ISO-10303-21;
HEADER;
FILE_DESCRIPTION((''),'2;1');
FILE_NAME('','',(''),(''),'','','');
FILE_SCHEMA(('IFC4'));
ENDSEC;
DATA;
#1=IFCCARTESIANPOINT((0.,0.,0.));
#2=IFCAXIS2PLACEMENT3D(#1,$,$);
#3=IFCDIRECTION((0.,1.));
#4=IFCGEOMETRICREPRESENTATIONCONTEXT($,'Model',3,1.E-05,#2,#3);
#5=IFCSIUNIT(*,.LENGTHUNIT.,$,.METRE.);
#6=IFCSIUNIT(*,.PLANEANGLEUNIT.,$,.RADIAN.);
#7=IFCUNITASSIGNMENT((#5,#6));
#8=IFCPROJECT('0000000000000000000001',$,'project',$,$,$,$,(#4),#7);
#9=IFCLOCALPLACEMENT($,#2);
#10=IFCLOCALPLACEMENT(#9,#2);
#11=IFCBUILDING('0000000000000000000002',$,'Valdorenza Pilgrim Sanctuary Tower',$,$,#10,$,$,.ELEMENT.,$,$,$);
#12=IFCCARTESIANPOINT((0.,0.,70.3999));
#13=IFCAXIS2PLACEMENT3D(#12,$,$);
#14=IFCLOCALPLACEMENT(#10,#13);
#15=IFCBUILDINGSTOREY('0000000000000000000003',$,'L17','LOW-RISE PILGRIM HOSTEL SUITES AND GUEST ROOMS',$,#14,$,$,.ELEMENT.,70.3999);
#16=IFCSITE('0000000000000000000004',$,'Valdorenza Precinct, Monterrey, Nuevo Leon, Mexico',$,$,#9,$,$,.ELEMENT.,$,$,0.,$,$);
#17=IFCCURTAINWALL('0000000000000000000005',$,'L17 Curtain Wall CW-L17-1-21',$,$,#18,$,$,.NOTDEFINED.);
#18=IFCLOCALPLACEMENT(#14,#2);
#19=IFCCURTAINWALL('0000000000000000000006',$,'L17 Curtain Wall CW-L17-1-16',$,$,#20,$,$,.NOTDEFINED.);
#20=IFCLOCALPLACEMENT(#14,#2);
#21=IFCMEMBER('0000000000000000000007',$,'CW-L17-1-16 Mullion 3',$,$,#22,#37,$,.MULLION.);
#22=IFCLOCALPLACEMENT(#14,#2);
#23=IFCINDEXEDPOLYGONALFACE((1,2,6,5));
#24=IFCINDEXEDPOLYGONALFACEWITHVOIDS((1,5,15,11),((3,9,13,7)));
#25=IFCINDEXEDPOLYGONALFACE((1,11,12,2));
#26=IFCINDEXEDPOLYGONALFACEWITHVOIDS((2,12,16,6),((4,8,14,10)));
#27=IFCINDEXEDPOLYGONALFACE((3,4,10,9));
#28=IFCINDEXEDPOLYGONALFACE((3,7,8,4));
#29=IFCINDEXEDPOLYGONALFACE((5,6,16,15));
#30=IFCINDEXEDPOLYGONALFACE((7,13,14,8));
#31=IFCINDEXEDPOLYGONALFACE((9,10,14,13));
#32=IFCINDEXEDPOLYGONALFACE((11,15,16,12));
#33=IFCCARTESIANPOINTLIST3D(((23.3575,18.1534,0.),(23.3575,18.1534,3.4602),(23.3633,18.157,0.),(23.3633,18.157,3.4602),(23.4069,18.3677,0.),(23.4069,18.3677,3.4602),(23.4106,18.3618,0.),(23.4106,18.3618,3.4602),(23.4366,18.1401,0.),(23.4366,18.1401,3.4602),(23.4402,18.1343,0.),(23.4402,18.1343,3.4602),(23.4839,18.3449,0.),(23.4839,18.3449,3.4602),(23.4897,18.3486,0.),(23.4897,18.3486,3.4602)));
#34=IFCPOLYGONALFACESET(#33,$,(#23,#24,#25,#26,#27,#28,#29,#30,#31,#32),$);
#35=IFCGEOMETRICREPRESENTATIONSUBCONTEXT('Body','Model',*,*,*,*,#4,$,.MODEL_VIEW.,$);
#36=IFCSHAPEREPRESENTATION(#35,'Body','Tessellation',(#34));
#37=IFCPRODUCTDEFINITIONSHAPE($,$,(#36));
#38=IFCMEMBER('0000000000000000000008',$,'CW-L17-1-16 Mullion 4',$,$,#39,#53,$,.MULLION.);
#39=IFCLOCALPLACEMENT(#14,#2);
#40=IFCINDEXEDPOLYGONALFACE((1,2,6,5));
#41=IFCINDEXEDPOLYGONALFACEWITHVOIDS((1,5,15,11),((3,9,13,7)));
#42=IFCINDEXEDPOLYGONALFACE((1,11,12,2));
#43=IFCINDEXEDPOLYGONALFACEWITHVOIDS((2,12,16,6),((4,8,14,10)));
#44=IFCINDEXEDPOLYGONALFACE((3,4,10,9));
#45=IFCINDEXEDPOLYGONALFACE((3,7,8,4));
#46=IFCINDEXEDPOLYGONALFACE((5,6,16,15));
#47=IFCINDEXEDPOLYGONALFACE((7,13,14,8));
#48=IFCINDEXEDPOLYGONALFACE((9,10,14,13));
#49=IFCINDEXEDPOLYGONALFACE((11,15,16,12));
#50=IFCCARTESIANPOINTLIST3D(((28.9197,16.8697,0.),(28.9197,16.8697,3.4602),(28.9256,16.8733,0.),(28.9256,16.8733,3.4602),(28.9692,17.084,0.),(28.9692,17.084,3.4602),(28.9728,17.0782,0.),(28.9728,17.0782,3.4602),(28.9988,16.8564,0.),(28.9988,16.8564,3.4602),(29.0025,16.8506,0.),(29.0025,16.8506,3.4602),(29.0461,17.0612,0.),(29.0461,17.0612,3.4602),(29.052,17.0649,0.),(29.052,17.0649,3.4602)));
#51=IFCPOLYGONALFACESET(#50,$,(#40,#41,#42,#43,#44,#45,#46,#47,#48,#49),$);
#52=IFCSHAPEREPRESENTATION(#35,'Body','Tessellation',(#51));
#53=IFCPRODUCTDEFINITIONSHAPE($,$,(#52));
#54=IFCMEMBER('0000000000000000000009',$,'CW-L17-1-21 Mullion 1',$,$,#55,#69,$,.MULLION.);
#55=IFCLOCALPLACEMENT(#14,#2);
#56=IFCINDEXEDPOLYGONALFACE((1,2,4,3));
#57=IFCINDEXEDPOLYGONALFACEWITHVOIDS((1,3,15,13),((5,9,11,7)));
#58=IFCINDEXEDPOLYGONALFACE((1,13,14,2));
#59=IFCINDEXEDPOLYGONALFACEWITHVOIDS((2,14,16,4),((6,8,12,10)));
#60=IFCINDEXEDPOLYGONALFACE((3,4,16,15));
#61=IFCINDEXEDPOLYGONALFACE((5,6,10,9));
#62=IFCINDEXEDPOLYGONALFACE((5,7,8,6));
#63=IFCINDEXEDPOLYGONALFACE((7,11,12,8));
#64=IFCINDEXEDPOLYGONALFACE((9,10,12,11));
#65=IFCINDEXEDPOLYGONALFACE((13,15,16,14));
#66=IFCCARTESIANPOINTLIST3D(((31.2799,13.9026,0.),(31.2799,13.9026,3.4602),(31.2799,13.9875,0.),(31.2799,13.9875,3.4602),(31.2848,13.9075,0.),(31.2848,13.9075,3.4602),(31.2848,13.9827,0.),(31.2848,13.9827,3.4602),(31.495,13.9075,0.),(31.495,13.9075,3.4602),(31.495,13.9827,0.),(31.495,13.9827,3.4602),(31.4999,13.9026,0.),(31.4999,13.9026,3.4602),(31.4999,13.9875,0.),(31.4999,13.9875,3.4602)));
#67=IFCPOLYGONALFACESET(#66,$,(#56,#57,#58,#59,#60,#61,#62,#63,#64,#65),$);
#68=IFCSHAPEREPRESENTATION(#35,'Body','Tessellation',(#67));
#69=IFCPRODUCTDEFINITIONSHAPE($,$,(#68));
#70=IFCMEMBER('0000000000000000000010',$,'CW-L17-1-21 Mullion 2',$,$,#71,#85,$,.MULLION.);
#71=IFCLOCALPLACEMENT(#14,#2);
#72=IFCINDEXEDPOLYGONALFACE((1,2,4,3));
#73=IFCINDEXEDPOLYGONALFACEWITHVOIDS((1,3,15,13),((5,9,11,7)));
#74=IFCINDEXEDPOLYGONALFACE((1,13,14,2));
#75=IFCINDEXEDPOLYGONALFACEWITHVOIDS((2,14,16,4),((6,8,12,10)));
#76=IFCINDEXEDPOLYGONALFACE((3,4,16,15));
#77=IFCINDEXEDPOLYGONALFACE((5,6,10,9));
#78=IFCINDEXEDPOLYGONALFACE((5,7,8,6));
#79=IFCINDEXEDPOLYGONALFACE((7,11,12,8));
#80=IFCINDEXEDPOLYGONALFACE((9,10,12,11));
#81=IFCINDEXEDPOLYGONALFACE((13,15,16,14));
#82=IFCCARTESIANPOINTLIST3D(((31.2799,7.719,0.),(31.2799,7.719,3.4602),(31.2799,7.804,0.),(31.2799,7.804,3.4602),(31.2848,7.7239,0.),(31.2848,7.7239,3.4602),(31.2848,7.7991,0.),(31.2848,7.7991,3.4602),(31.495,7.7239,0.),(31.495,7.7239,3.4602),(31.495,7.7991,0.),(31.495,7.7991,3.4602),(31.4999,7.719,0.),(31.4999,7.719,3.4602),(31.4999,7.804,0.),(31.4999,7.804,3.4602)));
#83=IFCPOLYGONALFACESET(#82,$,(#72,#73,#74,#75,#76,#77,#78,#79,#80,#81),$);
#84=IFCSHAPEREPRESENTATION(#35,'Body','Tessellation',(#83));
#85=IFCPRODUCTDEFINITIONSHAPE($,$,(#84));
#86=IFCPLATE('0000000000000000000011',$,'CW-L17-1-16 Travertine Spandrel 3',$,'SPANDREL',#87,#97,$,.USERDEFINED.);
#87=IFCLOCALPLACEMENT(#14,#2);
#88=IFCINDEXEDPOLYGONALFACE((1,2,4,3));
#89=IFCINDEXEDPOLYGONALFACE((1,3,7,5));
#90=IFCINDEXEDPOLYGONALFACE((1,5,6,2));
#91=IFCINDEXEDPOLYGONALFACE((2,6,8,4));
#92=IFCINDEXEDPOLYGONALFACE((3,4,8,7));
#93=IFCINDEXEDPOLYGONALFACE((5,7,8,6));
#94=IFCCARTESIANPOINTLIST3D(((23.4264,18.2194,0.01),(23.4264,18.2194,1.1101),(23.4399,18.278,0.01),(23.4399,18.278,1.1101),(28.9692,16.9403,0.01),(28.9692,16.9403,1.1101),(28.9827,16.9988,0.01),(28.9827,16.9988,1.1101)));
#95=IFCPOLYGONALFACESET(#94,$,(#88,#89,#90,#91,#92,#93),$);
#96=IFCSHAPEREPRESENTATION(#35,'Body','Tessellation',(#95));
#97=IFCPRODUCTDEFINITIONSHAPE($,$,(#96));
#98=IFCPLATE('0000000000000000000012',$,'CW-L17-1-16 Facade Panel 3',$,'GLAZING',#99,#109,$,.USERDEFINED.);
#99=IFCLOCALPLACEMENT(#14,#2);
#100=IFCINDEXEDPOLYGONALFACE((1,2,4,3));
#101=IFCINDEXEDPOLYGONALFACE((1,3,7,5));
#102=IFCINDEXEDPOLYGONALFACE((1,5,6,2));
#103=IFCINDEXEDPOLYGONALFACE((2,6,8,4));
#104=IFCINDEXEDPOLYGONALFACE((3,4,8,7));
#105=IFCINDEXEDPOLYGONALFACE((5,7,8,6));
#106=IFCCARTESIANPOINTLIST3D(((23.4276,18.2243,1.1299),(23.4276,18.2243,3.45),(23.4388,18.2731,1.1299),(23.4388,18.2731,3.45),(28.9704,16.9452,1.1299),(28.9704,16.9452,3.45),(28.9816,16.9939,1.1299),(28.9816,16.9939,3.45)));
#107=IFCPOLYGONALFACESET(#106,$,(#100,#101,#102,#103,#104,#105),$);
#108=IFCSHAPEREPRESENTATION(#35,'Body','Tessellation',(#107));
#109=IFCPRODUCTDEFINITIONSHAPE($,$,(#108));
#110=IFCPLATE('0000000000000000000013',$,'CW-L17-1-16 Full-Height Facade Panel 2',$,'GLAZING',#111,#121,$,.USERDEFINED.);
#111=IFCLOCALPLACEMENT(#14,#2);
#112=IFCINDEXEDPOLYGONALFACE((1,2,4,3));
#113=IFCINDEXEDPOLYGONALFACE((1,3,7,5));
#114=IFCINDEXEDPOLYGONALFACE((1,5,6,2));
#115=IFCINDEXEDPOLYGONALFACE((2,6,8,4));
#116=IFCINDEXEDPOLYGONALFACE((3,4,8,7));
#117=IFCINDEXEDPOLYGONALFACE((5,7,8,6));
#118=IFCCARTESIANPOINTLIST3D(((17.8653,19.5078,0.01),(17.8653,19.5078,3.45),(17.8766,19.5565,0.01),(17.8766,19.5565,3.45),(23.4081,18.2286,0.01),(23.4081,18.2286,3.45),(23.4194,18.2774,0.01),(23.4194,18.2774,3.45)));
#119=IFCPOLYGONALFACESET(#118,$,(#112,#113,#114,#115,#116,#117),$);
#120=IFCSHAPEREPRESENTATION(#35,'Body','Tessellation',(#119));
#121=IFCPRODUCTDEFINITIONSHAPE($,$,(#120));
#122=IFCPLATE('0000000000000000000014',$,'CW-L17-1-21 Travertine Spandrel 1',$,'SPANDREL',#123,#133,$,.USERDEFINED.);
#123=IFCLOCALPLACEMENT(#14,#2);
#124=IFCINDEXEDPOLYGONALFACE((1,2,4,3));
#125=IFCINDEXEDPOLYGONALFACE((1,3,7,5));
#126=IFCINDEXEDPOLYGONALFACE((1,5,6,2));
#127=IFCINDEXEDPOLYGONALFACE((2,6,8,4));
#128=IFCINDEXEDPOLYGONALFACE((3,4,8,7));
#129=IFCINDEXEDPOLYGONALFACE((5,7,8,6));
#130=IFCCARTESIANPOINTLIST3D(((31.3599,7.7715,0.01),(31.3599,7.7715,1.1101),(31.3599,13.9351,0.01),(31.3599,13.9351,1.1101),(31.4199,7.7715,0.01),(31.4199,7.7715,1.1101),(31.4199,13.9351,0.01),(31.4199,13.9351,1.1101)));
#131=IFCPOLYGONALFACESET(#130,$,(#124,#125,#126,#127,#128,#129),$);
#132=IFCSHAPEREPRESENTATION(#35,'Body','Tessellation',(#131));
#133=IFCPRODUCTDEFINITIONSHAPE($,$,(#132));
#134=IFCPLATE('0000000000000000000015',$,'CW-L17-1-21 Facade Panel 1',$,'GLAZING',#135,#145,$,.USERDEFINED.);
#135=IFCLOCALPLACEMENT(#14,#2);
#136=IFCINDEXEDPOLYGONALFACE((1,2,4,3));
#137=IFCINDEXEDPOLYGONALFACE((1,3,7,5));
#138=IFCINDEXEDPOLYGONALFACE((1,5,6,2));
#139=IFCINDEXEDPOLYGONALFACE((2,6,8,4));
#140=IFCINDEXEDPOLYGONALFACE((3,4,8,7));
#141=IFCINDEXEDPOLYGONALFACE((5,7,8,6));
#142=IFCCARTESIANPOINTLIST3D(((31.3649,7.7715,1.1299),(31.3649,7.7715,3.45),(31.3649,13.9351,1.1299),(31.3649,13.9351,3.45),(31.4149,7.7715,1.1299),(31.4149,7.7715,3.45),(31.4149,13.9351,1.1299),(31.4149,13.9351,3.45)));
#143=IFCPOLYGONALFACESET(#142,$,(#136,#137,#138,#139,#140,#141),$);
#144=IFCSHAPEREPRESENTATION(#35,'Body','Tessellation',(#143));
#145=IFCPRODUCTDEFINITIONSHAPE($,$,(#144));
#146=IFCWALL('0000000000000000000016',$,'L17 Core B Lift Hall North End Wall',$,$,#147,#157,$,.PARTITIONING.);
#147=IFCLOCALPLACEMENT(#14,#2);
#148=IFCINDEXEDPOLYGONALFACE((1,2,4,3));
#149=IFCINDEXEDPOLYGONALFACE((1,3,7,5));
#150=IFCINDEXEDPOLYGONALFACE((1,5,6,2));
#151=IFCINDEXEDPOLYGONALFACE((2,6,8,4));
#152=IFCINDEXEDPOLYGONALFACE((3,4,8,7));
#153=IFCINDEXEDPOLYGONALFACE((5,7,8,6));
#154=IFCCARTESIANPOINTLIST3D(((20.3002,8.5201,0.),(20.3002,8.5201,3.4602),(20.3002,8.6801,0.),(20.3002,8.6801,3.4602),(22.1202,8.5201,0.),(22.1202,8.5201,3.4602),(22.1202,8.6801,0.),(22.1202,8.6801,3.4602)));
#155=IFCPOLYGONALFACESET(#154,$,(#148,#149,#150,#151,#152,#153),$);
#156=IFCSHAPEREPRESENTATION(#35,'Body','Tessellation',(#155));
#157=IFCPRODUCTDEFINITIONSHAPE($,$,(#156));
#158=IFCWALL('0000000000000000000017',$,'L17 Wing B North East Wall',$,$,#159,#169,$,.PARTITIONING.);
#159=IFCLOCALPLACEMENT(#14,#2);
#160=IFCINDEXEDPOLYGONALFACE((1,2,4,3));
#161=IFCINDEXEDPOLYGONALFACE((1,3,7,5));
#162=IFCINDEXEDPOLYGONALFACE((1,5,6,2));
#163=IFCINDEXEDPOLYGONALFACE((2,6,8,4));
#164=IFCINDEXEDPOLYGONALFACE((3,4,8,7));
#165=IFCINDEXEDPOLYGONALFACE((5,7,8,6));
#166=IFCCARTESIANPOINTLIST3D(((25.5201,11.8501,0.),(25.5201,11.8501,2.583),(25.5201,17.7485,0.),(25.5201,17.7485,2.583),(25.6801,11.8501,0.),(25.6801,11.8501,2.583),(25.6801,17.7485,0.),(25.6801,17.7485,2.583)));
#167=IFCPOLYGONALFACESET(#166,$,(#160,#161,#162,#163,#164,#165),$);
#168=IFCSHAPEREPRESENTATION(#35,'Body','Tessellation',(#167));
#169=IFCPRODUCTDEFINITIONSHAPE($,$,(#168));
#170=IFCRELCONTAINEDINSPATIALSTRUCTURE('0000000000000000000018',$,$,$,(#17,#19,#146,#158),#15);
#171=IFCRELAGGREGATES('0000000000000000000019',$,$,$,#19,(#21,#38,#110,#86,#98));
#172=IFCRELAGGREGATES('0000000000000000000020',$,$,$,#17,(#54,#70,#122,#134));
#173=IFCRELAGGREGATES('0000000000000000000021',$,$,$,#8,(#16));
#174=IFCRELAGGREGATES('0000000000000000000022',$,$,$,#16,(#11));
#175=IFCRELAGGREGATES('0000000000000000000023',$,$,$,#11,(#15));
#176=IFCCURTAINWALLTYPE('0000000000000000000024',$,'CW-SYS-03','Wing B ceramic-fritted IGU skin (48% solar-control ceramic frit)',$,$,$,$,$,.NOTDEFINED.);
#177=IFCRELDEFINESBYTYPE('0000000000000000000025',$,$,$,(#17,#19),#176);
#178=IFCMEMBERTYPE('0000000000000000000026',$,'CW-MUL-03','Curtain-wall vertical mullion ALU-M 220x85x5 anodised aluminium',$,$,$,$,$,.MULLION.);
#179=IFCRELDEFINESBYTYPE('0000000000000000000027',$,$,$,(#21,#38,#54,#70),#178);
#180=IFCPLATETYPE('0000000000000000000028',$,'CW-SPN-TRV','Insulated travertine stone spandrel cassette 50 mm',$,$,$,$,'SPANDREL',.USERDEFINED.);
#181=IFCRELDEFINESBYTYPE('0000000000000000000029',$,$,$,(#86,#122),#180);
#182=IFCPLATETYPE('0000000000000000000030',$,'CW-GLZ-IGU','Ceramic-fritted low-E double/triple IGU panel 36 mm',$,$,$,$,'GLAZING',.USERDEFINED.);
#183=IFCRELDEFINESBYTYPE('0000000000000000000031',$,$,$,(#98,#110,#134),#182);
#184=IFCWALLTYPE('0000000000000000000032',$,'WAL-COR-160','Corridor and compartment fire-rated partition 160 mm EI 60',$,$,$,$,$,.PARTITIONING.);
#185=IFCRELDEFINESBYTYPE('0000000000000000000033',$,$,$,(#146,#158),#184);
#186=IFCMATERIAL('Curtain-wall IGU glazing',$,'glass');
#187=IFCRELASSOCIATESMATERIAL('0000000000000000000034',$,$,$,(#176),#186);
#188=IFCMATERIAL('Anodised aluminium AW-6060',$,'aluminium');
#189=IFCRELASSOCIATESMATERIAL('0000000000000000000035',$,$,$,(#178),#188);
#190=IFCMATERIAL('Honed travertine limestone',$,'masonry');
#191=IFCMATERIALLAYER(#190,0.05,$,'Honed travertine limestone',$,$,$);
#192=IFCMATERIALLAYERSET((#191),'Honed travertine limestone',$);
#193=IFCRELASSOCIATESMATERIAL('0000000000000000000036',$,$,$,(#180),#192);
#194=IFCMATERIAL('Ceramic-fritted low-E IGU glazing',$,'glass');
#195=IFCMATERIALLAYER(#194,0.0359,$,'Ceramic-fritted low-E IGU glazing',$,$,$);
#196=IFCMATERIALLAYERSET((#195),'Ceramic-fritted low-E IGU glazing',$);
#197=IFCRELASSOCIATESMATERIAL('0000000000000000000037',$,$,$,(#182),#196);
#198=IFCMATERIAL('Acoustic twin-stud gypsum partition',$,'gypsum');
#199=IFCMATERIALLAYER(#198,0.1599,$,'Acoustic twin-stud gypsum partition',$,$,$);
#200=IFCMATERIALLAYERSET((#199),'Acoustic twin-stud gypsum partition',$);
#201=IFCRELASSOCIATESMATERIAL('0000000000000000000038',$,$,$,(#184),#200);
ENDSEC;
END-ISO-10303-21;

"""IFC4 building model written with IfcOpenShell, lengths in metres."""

from ifc_helpers import new_model, si_unit, direction, frame, frame_2d, origin, origin_2d, place, context, subcontext, project, spatial, rectangle, hollow_rectangle, extrude, source, transform, mapped, material, layer, layer_set, material_profile, profile_set, type_object, element, aggregate, save


model = new_model("IFC4")

# Units and contexts
model_context = context("Model", 3, precision=1e-05, world=origin(), true_north=direction((0.0, 1.0)))
body_context = subcontext(model_context, "Body", "Model", "MODEL_VIEW")
ifc_project = project(units=[si_unit("LENGTHUNIT", "METRE"), si_unit("PLANEANGLEUNIT", "RADIAN")], contexts=[model_context])

# Site, building, storey
site_placement = place(None, origin())
site = spatial("IfcSite", under=ifc_project, at=site_placement, Name="Valdorenza Precinct, Monterrey, Nuevo Leon, Mexico", CompositionType="ELEMENT", RefElevation=0.0)
building_placement = place(site_placement, origin())
building = spatial("IfcBuilding", under=site, at=building_placement, Name="Valdorenza Pilgrim Sanctuary Tower", CompositionType="ELEMENT")
storey_placement = place(building_placement, frame((0.0, 0.0, 70.3999)))
storey = spatial("IfcBuildingStorey", under=building, at=storey_placement, Name="L17", Description="LOW-RISE PILGRIM HOSTEL SUITES AND GUEST ROOMS", CompositionType="ELEMENT", Elevation=70.3999)

# Curtain wall
ifc_material_1 = material(Name="Curtain-wall IGU glazing", Category="glass")
curtain_wall_type = type_object("IfcCurtainWallType", Name="CW-SYS-03", Description="Wing B ceramic-fritted IGU skin (48% solar-control ceramic frit)", PredefinedType="NOTDEFINED", material=ifc_material_1)
curtain_wall_1_placement = place(storey_placement, origin())
curtain_wall_1 = element("IfcCurtainWall", 1, at=curtain_wall_1_placement, inside=storey, type_object=curtain_wall_type, Name="L17 Curtain Wall CW-L17-1-21", PredefinedType="NOTDEFINED")
ifc_material_2 = material(Name="Anodised aluminium AW-6060", Category="aluminium")

# Curtain wall, members
curtain_wall_2_placement = place(storey_placement, origin())
curtain_wall_2 = element("IfcCurtainWall", 2, at=curtain_wall_2_placement, inside=storey, type_object=curtain_wall_type, Name="L17 Curtain Wall CW-L17-1-16", PredefinedType="NOTDEFINED")
ifc_material_profile_1 = material_profile(ifc_material_2, hollow_rectangle(XDim=0.085, YDim=0.22, WallThickness=0.0049, at=origin_2d()), Name="ALU-M 220x85x5")
ifc_profile_set_1 = profile_set([ifc_material_profile_1], Name="Anodised aluminium AW-6060")
member_type_1 = type_object("IfcMemberType", Name="CW-MUL-03", Description="Curtain-wall vertical mullion ALU-M 220x85x5 anodised aluminium", PredefinedType="MULLION", material=ifc_profile_set_1)
shared_shape_1 = source(origin(), body_context, "Body", "SweptSolid", [
    extrude(hollow_rectangle(XDim=0.085, YDim=0.22, WallThickness=0.0049, at=origin_2d()), origin(), (0.0, 0.0, 1.0), 3.4602),
])
member_1_placement = place(storey_placement, frame((23.4236, 18.251, 0.0), z_axis=(0.0, 0.0, 1.0), x_axis=(0.97439, -0.224866, 0.0)))
member_1 = element("IfcMember", 3, at=member_1_placement, type_object=member_type_1, Name="CW-L17-1-16 Mullion 3", PredefinedType="MULLION", context=body_context, shape_type="MappedRepresentation", body=[
    mapped(shared_shape_1, transform((0.0, 0.0, 0.0), x_axis=(1.0, 0.0, 0.0), y_axis=(0.0, 1.0, 0.0), z_axis=(0.0, 0.0, 1.0), scale=1.0)),
])
member_2_placement = place(storey_placement, frame((28.9858, 16.9673, 0.0), z_axis=(0.0, 0.0, 1.0), x_axis=(0.97439, -0.224866, 0.0)))
member_2 = element("IfcMember", 4, at=member_2_placement, type_object=member_type_1, Name="CW-L17-1-16 Mullion 4", PredefinedType="MULLION", context=body_context, shape_type="MappedRepresentation", body=[
    mapped(shared_shape_1, transform((0.0, 0.0, 0.0), x_axis=(1.0, 0.0, 0.0), y_axis=(0.0, 1.0, 0.0), z_axis=(0.0, 0.0, 1.0), scale=1.0)),
])

# Members
member_3_placement = place(storey_placement, frame((31.3899, 13.9451, 0.0), z_axis=(0.0, 0.0, 1.0), x_axis=(0.0, -1.0, 0.0)))
member_3 = element("IfcMember", 5, at=member_3_placement, type_object=member_type_1, Name="CW-L17-1-21 Mullion 1", PredefinedType="MULLION", context=body_context, shape_type="MappedRepresentation", body=[
    mapped(shared_shape_1, transform((0.0, 0.0, 0.0), x_axis=(1.0, 0.0, 0.0), y_axis=(0.0, 1.0, 0.0), z_axis=(0.0, 0.0, 1.0), scale=1.0)),
])
member_4_placement = place(storey_placement, frame((31.3899, 7.7615, 0.0), z_axis=(0.0, 0.0, 1.0), x_axis=(0.0, -1.0, 0.0)))
member_4 = element("IfcMember", 6, at=member_4_placement, type_object=member_type_1, Name="CW-L17-1-21 Mullion 2", PredefinedType="MULLION", context=body_context, shape_type="MappedRepresentation", body=[
    mapped(shared_shape_1, transform((0.0, 0.0, 0.0), x_axis=(1.0, 0.0, 0.0), y_axis=(0.0, 1.0, 0.0), z_axis=(0.0, 0.0, 1.0), scale=1.0)),
])

# Plates
ifc_material_3 = material(Name="Honed travertine limestone", Category="masonry")
ifc_layer_1 = layer(ifc_material_3, 0.05, Name="Honed travertine limestone")
ifc_layer_set_1 = layer_set([ifc_layer_1], Name="Honed travertine limestone")
plate_type_1 = type_object("IfcPlateType", Name="CW-SPN-TRV", Description="Insulated travertine stone spandrel cassette 50 mm", ElementType="SPANDREL", PredefinedType="USERDEFINED", material=ifc_layer_set_1)
shared_shape_2 = source(origin(), body_context, "Body", "SweptSolid", [
    extrude(rectangle(XDim=5.6885, YDim=0.0601, at=origin_2d()), origin(), (0.0, 0.0, 1.0), 1.1001),
])
plate_1_placement = place(storey_placement, frame((26.2046, 17.6091, 0.01), z_axis=(0.0, 0.0, 1.0), x_axis=(0.97439, -0.224866, 0.0)))
plate_1 = element("IfcPlate", 7, at=plate_1_placement, type_object=plate_type_1, Name="CW-L17-1-16 Travertine Spandrel 3", ObjectType="SPANDREL", PredefinedType="USERDEFINED", context=body_context, shape_type="MappedRepresentation", body=[
    mapped(shared_shape_2, transform((0.0, 0.0, 0.0), x_axis=(1.0, 0.0, 0.0), y_axis=(0.0, 1.0, 0.0), z_axis=(0.0, 0.0, 1.0), scale=1.0)),
])
ifc_material_4 = material(Name="Ceramic-fritted low-E IGU glazing", Category="glass")
ifc_layer_2 = layer(ifc_material_4, 0.0359, Name="Ceramic-fritted low-E IGU glazing")
ifc_layer_set_2 = layer_set([ifc_layer_2], Name="Ceramic-fritted low-E IGU glazing")
plate_type_2 = type_object("IfcPlateType", Name="CW-GLZ-IGU", Description="Ceramic-fritted low-E double/triple IGU panel 36 mm", ElementType="GLAZING", PredefinedType="USERDEFINED", material=ifc_layer_set_2)
shared_shape_3 = source(origin(), body_context, "Body", "SweptSolid", [
    extrude(rectangle(XDim=5.6885, YDim=0.05, at=origin_2d()), origin(), (0.0, 0.0, 1.0), 2.3201),
])
plate_2_placement = place(storey_placement, frame((26.2046, 17.6091, 1.1299), z_axis=(0.0, 0.0, 1.0), x_axis=(0.97439, -0.224866, 0.0)))
plate_2 = element("IfcPlate", 8, at=plate_2_placement, type_object=plate_type_2, Name="CW-L17-1-16 Facade Panel 3", ObjectType="GLAZING", PredefinedType="USERDEFINED", context=body_context, shape_type="MappedRepresentation", body=[
    mapped(shared_shape_3, transform((0.0, 0.0, 0.0), x_axis=(1.0, 0.0, 0.0), y_axis=(0.0, 1.0, 0.0), z_axis=(0.0, 0.0, 1.0), scale=1.0)),
])
shared_shape_4 = source(origin(), body_context, "Body", "SweptSolid", [
    extrude(rectangle(XDim=5.6885, YDim=0.05, at=origin_2d()), origin(), (0.0, 0.0, 1.0), 3.4399),
])
plate_3_placement = place(storey_placement, frame((20.6423, 18.8926, 0.01), z_axis=(0.0, 0.0, 1.0), x_axis=(0.97439, -0.224866, 0.0)))
plate_3 = element("IfcPlate", 9, at=plate_3_placement, type_object=plate_type_2, Name="CW-L17-1-16 Full-Height Facade Panel 2", ObjectType="GLAZING", PredefinedType="USERDEFINED", context=body_context, shape_type="MappedRepresentation", body=[
    mapped(shared_shape_4, transform((0.0, 0.0, 0.0), x_axis=(1.0, 0.0, 0.0), y_axis=(0.0, 1.0, 0.0), z_axis=(0.0, 0.0, 1.0), scale=1.0)),
])
aggregate(curtain_wall_2, [member_1, member_2, plate_3, plate_1, plate_2])
shared_shape_5 = source(origin(), body_context, "Body", "SweptSolid", [
    extrude(rectangle(XDim=6.1636, YDim=0.0601, at=origin_2d()), origin(), (0.0, 0.0, 1.0), 1.1001),
])
plate_4_placement = place(storey_placement, frame((31.3899, 10.8533, 0.01), z_axis=(0.0, 0.0, 1.0), x_axis=(0.0, -1.0, 0.0)))
plate_4 = element("IfcPlate", 10, at=plate_4_placement, type_object=plate_type_1, Name="CW-L17-1-21 Travertine Spandrel 1", ObjectType="SPANDREL", PredefinedType="USERDEFINED", context=body_context, shape_type="MappedRepresentation", body=[
    mapped(shared_shape_5, transform((0.0, 0.0, 0.0), x_axis=(1.0, 0.0, 0.0), y_axis=(0.0, 1.0, 0.0), z_axis=(0.0, 0.0, 1.0), scale=1.0)),
])
shared_shape_6 = source(origin(), body_context, "Body", "SweptSolid", [
    extrude(rectangle(XDim=6.1636, YDim=0.05, at=origin_2d()), origin(), (0.0, 0.0, 1.0), 2.3201),
])
plate_5_placement = place(storey_placement, frame((31.3899, 10.8533, 1.1299), z_axis=(0.0, 0.0, 1.0), x_axis=(0.0, -1.0, 0.0)))
plate_5 = element("IfcPlate", 11, at=plate_5_placement, type_object=plate_type_2, Name="CW-L17-1-21 Facade Panel 1", ObjectType="GLAZING", PredefinedType="USERDEFINED", context=body_context, shape_type="MappedRepresentation", body=[
    mapped(shared_shape_6, transform((0.0, 0.0, 0.0), x_axis=(1.0, 0.0, 0.0), y_axis=(0.0, 1.0, 0.0), z_axis=(0.0, 0.0, 1.0), scale=1.0)),
])
aggregate(curtain_wall_1, [member_3, member_4, plate_4, plate_5])

# Walls
ifc_material_5 = material(Name="Acoustic twin-stud gypsum partition", Category="gypsum")
ifc_layer_3 = layer(ifc_material_5, 0.1599, Name="Acoustic twin-stud gypsum partition")
ifc_layer_set_3 = layer_set([ifc_layer_3], Name="Acoustic twin-stud gypsum partition")
wall_type_1 = type_object("IfcWallType", Name="WAL-COR-160", Description="Corridor and compartment fire-rated partition 160 mm EI 60", PredefinedType="PARTITIONING", material=ifc_layer_set_3)
wall_1_placement = place(storey_placement, frame((20.3, 8.6001, 0.0), z_axis=(0.0, 0.0, 1.0), x_axis=(1.0, 0.0, 0.0)))
element("IfcWall", 12, at=wall_1_placement, inside=storey, type_object=wall_type_1, Name="L17 Core B Lift Hall North End Wall", PredefinedType="PARTITIONING", context=body_context, shape_type="SweptSolid", body=[
    extrude(rectangle(XDim=1.8201, YDim=0.1599, at=frame_2d((0.9102, 0.0))), origin(), (0.0, 0.0, 1.0), 3.4602),
])
wall_2_placement = place(storey_placement, frame((25.6001, 11.8501, 0.0), z_axis=(0.0, 0.0, 1.0), x_axis=(0.0, 1.0, 0.0)))
element("IfcWall", 13, at=wall_2_placement, inside=storey, type_object=wall_type_1, Name="L17 Wing B North East Wall", PredefinedType="PARTITIONING", context=body_context, shape_type="SweptSolid", body=[
    extrude(rectangle(XDim=5.8984, YDim=0.1599, at=frame_2d((2.9492, 0.0))), origin(), (0.0, 0.0, 1.0), 2.583),
])

save(model, "model.ifc")
